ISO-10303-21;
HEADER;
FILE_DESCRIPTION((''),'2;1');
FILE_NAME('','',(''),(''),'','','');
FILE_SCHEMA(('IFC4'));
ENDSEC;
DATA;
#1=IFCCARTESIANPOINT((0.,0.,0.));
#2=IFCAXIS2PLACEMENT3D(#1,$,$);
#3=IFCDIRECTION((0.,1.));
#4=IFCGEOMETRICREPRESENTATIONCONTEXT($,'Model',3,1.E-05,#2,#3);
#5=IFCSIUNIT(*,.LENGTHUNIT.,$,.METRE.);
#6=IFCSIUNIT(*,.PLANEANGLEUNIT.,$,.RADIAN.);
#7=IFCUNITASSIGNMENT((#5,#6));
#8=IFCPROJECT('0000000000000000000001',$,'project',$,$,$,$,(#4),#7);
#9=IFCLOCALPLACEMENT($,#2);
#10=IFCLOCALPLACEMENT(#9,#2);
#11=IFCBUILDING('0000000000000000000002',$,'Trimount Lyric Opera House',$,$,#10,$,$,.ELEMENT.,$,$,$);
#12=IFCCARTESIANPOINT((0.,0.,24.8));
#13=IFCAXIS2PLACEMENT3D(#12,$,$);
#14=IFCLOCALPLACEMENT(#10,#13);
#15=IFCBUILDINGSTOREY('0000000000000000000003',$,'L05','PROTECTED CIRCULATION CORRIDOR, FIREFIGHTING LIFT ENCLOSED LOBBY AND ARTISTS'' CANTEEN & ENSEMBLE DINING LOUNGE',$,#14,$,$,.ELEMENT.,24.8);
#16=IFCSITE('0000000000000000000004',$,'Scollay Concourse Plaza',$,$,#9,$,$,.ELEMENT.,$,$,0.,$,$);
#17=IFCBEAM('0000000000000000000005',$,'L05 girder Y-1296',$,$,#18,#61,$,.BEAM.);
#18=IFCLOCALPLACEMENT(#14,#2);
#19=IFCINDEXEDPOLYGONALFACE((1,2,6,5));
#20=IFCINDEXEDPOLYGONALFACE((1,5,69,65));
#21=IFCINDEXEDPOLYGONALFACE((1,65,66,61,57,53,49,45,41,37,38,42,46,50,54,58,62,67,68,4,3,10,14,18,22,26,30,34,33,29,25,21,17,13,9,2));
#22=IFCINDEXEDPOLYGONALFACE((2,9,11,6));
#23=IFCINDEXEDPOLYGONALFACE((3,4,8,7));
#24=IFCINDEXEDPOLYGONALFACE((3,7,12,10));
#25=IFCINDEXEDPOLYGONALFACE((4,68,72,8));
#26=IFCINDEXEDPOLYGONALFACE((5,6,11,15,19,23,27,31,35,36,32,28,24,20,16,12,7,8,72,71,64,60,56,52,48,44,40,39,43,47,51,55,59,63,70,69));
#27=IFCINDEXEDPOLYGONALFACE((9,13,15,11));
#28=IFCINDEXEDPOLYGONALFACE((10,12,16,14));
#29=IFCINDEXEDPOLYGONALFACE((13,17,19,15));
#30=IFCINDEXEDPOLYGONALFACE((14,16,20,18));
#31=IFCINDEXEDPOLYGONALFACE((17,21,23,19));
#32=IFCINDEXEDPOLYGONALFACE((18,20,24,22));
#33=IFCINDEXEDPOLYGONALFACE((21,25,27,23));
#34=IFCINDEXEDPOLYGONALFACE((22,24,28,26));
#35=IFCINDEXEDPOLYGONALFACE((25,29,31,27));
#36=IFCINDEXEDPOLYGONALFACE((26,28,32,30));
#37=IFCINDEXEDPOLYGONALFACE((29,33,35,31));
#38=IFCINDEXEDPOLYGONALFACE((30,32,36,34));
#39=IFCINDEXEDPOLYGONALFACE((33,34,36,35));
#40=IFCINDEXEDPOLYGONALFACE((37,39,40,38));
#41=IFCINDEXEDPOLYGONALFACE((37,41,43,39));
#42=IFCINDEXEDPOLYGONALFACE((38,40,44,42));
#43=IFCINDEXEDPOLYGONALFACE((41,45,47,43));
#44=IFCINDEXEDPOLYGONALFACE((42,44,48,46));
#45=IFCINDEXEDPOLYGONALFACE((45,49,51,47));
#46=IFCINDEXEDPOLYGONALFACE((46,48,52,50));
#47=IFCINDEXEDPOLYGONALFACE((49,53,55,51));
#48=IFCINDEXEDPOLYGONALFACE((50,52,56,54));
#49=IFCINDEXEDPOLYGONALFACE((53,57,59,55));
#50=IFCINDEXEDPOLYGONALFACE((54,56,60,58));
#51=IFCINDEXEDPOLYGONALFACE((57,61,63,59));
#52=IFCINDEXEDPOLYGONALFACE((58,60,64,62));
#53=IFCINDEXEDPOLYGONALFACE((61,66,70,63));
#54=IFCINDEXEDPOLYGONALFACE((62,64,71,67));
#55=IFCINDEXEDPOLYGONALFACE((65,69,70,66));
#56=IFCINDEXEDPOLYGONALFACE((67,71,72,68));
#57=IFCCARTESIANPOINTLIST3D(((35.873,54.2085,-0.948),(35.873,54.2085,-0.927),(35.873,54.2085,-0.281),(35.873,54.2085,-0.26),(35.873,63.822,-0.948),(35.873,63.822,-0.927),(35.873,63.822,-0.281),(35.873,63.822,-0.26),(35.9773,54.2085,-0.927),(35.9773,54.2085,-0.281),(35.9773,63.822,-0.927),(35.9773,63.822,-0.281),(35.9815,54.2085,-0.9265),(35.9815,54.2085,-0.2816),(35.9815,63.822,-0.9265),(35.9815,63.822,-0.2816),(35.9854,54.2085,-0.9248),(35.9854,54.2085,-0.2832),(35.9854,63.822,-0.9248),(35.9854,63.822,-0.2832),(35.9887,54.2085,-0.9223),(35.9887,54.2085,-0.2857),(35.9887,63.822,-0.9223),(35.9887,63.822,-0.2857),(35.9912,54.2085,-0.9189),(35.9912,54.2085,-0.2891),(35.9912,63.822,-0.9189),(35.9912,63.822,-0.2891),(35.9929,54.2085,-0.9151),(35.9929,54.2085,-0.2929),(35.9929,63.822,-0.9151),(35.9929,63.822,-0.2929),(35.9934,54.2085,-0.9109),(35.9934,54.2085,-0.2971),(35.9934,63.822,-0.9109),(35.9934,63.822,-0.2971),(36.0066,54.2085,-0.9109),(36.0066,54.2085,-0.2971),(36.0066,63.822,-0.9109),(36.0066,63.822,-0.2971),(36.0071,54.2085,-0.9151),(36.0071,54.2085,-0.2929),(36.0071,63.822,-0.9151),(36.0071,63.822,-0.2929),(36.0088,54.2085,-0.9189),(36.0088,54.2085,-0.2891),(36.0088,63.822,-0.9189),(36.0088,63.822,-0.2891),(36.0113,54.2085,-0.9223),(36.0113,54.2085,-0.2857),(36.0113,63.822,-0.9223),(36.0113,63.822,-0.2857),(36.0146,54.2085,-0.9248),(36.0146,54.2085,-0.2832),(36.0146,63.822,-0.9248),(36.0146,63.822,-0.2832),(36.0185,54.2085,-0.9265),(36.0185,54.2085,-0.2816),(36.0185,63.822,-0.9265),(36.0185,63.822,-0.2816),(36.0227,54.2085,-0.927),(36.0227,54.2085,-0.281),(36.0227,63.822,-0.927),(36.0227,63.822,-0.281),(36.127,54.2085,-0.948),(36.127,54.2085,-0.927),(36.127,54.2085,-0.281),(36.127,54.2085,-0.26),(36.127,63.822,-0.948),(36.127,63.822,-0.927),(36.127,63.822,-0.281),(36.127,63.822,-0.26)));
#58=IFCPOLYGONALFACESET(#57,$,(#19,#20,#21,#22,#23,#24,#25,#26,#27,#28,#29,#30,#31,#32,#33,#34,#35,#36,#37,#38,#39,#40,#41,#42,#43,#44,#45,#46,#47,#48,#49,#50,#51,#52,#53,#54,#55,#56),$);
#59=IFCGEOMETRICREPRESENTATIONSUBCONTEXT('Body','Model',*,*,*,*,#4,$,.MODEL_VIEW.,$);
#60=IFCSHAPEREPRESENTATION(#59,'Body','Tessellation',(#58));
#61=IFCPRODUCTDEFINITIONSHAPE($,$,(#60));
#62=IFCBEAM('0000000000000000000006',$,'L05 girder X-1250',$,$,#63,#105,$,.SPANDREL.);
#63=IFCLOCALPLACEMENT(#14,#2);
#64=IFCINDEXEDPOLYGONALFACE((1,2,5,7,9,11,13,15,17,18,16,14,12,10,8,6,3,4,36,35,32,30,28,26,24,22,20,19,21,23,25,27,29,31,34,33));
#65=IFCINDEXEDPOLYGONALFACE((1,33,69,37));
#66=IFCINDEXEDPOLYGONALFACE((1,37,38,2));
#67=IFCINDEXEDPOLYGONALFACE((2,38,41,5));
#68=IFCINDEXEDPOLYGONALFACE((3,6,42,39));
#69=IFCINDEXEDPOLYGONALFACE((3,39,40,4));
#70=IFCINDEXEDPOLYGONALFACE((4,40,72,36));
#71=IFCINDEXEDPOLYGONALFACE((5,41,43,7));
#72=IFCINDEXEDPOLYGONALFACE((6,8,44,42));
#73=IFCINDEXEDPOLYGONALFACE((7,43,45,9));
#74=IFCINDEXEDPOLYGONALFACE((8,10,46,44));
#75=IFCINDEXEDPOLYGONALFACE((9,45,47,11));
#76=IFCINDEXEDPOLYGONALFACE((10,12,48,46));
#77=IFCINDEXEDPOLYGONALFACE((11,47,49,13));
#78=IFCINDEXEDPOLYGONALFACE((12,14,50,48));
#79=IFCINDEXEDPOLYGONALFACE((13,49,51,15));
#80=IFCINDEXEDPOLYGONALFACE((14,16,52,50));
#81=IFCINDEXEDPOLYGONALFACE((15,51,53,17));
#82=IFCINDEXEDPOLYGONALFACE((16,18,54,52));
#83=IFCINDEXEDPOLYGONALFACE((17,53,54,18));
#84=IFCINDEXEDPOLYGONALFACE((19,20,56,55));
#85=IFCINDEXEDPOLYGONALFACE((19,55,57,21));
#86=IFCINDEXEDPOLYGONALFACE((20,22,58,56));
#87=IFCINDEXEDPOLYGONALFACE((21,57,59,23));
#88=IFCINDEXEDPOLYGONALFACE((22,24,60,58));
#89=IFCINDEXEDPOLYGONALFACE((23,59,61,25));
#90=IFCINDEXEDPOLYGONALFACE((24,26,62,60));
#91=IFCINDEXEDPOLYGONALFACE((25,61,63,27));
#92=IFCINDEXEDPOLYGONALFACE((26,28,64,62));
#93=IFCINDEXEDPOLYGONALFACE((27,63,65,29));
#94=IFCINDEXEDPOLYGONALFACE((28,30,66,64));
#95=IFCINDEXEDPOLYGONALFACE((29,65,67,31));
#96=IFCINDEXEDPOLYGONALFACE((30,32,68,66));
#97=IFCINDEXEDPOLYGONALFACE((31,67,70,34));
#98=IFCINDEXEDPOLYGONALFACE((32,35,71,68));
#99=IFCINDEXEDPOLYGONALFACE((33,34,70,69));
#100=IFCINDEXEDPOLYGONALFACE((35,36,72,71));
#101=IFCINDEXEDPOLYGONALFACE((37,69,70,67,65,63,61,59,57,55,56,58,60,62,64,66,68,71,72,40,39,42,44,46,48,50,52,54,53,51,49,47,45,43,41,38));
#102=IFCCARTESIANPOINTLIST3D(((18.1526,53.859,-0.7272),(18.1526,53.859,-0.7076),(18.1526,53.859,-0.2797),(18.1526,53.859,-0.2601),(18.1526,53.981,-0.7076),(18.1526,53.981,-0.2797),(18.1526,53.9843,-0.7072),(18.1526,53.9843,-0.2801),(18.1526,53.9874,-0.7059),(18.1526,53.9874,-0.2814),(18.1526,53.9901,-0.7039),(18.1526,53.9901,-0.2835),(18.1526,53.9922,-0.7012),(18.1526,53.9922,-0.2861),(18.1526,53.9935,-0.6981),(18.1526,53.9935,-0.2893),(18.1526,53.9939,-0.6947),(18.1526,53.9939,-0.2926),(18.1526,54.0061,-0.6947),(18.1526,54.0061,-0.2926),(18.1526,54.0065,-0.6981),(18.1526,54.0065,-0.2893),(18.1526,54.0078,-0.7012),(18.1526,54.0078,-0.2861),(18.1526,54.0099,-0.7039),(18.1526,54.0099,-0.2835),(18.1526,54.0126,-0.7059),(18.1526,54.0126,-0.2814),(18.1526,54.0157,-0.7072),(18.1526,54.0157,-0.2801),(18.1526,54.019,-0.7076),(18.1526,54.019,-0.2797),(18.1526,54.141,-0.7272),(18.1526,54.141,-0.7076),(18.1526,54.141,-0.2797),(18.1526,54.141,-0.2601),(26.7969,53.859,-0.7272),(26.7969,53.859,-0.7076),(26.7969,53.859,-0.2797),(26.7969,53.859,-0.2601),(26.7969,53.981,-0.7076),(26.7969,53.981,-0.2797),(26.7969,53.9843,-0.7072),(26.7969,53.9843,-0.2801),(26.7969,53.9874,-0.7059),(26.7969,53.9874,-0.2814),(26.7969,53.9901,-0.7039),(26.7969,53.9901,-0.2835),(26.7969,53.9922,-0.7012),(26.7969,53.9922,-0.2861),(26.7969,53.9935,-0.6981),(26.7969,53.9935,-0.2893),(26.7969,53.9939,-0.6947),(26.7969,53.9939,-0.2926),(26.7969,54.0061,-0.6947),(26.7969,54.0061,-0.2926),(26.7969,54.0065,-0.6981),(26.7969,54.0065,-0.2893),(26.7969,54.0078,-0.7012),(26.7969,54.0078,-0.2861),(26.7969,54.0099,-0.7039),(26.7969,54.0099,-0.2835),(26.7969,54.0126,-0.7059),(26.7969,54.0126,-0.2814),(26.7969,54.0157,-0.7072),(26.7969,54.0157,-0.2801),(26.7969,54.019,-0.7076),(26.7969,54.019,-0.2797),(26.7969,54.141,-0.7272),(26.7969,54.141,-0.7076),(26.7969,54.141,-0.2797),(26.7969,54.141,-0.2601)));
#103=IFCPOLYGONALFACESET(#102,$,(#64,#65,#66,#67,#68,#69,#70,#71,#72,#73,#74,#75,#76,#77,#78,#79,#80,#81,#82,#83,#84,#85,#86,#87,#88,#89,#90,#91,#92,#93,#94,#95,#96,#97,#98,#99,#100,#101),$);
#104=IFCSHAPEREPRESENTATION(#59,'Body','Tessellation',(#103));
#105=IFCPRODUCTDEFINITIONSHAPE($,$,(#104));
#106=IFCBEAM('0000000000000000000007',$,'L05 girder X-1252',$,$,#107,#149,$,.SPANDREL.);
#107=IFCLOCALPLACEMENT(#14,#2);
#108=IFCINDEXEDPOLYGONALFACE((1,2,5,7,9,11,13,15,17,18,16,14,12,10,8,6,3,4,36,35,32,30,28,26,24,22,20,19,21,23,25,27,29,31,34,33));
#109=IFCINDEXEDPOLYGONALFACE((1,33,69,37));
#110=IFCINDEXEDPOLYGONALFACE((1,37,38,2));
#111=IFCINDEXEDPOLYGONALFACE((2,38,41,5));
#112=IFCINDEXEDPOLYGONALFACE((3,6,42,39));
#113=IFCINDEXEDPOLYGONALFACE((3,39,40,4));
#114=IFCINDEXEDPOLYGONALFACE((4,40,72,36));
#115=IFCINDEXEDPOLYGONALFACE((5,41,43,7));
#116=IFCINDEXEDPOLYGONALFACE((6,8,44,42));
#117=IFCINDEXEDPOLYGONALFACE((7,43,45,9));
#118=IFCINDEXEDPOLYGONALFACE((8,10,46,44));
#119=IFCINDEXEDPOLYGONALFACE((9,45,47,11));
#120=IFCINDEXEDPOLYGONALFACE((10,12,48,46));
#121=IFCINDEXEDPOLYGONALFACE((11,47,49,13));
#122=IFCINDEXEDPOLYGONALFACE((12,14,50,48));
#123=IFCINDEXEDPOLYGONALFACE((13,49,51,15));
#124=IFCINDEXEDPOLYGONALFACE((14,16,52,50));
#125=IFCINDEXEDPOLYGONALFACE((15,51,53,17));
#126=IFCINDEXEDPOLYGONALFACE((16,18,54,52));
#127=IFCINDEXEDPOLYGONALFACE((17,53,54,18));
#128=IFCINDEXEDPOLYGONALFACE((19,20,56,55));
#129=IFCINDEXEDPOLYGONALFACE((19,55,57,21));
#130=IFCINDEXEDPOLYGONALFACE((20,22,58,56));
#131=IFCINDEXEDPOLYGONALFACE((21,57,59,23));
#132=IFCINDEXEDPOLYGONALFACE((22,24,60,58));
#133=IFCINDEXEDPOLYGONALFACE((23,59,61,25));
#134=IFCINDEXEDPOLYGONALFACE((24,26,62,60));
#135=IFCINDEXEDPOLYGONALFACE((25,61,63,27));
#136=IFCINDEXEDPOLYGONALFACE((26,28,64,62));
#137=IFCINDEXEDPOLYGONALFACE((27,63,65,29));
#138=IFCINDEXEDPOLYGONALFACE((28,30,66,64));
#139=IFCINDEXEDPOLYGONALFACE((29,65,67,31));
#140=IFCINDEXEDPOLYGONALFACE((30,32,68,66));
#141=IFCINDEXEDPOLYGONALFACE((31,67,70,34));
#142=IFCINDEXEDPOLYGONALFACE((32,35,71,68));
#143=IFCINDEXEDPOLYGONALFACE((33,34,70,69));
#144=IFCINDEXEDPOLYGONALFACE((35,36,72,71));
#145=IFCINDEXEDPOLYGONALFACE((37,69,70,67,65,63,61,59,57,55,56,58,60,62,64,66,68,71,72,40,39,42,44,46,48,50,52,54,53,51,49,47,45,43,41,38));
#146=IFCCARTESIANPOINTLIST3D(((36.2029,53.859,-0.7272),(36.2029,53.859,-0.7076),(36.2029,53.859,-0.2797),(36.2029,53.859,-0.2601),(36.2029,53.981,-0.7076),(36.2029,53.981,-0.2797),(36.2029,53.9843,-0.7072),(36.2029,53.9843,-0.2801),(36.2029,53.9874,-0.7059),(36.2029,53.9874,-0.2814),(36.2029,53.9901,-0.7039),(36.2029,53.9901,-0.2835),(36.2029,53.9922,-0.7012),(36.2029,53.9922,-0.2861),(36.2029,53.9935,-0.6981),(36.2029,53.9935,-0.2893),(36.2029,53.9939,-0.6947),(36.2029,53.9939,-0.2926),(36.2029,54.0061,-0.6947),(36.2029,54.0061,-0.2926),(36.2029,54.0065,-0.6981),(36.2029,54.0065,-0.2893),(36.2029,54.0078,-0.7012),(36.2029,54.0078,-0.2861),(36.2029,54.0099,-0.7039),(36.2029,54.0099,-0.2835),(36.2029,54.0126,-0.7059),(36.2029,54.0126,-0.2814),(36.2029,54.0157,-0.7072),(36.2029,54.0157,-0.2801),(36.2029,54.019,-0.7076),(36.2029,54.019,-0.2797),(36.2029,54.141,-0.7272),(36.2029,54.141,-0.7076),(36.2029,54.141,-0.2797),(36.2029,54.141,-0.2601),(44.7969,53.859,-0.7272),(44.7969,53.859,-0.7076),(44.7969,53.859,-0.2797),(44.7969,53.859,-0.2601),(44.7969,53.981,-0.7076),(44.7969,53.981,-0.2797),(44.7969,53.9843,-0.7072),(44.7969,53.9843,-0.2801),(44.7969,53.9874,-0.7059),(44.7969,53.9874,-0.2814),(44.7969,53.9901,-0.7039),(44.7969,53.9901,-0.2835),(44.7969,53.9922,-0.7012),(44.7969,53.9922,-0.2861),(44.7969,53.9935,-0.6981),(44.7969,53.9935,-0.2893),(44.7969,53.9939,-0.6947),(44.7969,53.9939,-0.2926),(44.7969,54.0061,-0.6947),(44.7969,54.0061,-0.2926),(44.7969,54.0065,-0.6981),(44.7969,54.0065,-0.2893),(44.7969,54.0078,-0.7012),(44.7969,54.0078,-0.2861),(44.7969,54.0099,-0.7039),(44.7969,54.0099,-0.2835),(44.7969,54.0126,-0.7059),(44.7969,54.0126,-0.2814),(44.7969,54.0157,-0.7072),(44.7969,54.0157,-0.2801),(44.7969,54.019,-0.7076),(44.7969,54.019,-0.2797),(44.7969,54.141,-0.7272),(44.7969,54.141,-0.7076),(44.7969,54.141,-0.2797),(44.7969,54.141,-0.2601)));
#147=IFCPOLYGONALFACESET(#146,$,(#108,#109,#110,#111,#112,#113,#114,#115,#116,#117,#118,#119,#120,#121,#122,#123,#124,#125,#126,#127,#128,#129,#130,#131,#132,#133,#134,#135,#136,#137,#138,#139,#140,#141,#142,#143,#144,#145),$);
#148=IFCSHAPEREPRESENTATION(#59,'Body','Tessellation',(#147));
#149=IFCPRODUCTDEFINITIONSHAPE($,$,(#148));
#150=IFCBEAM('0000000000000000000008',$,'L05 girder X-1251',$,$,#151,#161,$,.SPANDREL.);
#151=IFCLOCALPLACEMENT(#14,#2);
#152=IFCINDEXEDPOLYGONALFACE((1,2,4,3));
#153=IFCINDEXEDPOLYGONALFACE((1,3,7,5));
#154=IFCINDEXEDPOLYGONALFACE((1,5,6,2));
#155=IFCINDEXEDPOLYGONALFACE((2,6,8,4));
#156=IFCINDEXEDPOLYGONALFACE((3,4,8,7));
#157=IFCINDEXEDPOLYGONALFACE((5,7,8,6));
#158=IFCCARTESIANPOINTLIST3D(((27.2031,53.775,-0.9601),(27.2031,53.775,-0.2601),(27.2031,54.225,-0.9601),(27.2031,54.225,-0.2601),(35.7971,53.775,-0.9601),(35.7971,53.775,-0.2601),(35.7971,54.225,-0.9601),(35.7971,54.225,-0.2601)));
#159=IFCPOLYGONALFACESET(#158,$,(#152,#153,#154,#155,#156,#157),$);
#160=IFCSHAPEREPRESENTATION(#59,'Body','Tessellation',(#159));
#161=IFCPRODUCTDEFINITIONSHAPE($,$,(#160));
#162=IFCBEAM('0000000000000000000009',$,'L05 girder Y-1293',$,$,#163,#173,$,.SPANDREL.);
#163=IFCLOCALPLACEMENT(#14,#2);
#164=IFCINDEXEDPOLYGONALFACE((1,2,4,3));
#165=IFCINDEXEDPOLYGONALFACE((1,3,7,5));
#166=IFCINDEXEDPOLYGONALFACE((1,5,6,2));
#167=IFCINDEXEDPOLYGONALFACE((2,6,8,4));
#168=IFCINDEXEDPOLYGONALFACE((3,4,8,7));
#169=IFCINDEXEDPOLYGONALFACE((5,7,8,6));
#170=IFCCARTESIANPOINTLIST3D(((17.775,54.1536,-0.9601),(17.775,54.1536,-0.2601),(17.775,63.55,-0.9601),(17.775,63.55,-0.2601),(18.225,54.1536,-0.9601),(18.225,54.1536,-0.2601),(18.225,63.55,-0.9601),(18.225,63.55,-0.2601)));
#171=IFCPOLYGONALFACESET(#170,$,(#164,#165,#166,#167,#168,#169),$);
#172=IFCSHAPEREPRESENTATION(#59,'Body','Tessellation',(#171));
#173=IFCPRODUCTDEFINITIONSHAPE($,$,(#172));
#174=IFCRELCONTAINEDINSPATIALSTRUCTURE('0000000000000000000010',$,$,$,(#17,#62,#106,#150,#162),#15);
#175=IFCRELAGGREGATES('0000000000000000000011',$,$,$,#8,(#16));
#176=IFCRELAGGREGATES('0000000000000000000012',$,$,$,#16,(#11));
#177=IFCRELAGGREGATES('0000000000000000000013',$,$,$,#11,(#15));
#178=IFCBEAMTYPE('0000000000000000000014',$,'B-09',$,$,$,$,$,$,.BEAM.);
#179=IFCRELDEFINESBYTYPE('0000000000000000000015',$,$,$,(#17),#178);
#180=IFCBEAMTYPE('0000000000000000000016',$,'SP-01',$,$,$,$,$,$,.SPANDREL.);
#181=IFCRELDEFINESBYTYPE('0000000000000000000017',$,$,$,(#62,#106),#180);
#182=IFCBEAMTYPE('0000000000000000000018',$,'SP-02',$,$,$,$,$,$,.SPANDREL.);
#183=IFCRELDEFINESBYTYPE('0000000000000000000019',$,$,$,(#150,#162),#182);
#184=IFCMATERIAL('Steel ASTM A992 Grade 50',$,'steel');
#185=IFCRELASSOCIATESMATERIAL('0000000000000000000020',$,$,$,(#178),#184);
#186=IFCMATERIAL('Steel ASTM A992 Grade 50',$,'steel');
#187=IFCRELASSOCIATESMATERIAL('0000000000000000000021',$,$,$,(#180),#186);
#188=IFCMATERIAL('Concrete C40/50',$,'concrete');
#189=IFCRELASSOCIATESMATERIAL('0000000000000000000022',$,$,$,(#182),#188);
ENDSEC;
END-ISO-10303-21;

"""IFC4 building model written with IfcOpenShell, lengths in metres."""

from ifc_helpers import new_model, si_unit, direction, frame, origin, origin_2d, place, context, subcontext, project, spatial, rectangle, i_section, extrude, material, material_profile, profile_set, type_object, element, save


model = new_model("IFC4")

# Units and contexts
model_context = context("Model", 3, precision=1e-05, world=origin(), true_north=direction((0.0, 1.0)))
body_context = subcontext(model_context, "Body", "Model", "MODEL_VIEW")
ifc_project = project(units=[si_unit("LENGTHUNIT", "METRE"), si_unit("PLANEANGLEUNIT", "RADIAN")], contexts=[model_context])

# Site, building, storey
site_placement = place(None, origin())
site = spatial("IfcSite", under=ifc_project, at=site_placement, Name="Scollay Concourse Plaza", CompositionType="ELEMENT", RefElevation=0.0)
building_placement = place(site_placement, origin())
building = spatial("IfcBuilding", under=site, at=building_placement, Name="Trimount Lyric Opera House", CompositionType="ELEMENT")
storey_placement = place(building_placement, frame((0.0, 0.0, 24.8)))
storey = spatial("IfcBuildingStorey", under=building, at=storey_placement, Name="L05", Description="PROTECTED CIRCULATION CORRIDOR, FIREFIGHTING LIFT ENCLOSED LOBBY AND ARTISTS' CANTEEN & ENSEMBLE DINING LOUNGE", CompositionType="ELEMENT", Elevation=24.8)

# Beams
ifc_material_1 = material(Name="Steel ASTM A992 Grade 50", Category="steel")
ifc_material_profile_1 = material_profile(ifc_material_1, i_section(OverallWidth=0.2539, OverallDepth=0.688, WebThickness=0.0132, FlangeThickness=0.021, FilletRadius=0.0161, at=origin_2d()), Name="W27X102")
ifc_profile_set_1 = profile_set([ifc_material_profile_1], Name="Steel ASTM A992 Grade 50")
beam_type_1 = type_object("IfcBeamType", Name="B-09", PredefinedType="BEAM", material=ifc_profile_set_1)
beam_1_placement = place(storey_placement, frame((36.0, 54.2085, -0.604), z_axis=(0.0, 1.0, 0.0), x_axis=(-1.0, 0.0, 0.0)))
element("IfcBeam", 1, at=beam_1_placement, inside=storey, type_object=beam_type_1, Name="L05 girder Y-1296", PredefinedType="BEAM", context=body_context, shape_type="SweptSolid", body=[
    extrude(i_section(OverallWidth=0.2539, OverallDepth=0.688, WebThickness=0.0132, FlangeThickness=0.021, FilletRadius=0.0161, at=origin_2d()), origin(), (0.0, 0.0, 1.0), 9.6135),
])
ifc_material_2 = material(Name="Steel ASTM A992 Grade 50", Category="steel")
ifc_material_profile_2 = material_profile(ifc_material_2, i_section(OverallWidth=0.282, OverallDepth=0.467, WebThickness=0.0122, FlangeThickness=0.0195, FilletRadius=0.0129, at=origin_2d()), Name="W18X86")
ifc_profile_set_2 = profile_set([ifc_material_profile_2], Name="Steel ASTM A992 Grade 50")
beam_type_2 = type_object("IfcBeamType", Name="SP-01", PredefinedType="SPANDREL", material=ifc_profile_set_2)
beam_2_placement = place(storey_placement, frame((18.1526, 54.0, -0.4937), z_axis=(1.0, 0.0, 0.0), x_axis=(0.0, 1.0, 0.0)))
element("IfcBeam", 2, at=beam_2_placement, inside=storey, type_object=beam_type_2, Name="L05 girder X-1250", PredefinedType="SPANDREL", context=body_context, shape_type="SweptSolid", body=[
    extrude(i_section(OverallWidth=0.282, OverallDepth=0.467, WebThickness=0.0122, FlangeThickness=0.0195, FilletRadius=0.0129, at=origin_2d()), origin(), (0.0, 0.0, 1.0), 8.6443),
])
beam_3_placement = place(storey_placement, frame((36.2029, 54.0, -0.4937), z_axis=(1.0, 0.0, 0.0), x_axis=(0.0, 1.0, 0.0)))
element("IfcBeam", 3, at=beam_3_placement, inside=storey, type_object=beam_type_2, Name="L05 girder X-1252", PredefinedType="SPANDREL", context=body_context, shape_type="SweptSolid", body=[
    extrude(i_section(OverallWidth=0.282, OverallDepth=0.467, WebThickness=0.0122, FlangeThickness=0.0195, FilletRadius=0.0129, at=origin_2d()), origin(), (0.0, 0.0, 1.0), 8.594),
])
ifc_material_3 = material(Name="Concrete C40/50", Category="concrete")
ifc_material_profile_3 = material_profile(ifc_material_3, rectangle(XDim=0.45, YDim=0.7, at=origin_2d()), Name="RC450X700")
ifc_profile_set_3 = profile_set([ifc_material_profile_3], Name="Concrete C40/50")
beam_type_3 = type_object("IfcBeamType", Name="SP-02", PredefinedType="SPANDREL", material=ifc_profile_set_3)
beam_4_placement = place(storey_placement, frame((27.2031, 54.0, -0.6101), z_axis=(1.0, 0.0, 0.0), x_axis=(0.0, 1.0, 0.0)))
element("IfcBeam", 4, at=beam_4_placement, inside=storey, type_object=beam_type_3, Name="L05 girder X-1251", PredefinedType="SPANDREL", context=body_context, shape_type="SweptSolid", body=[
    extrude(rectangle(XDim=0.45, YDim=0.7, at=origin_2d()), origin(), (0.0, 0.0, 1.0), 8.594),
])
beam_5_placement = place(storey_placement, frame((18.0, 54.1536, -0.6101), z_axis=(0.0, 1.0, 0.0), x_axis=(-1.0, 0.0, 0.0)))
element("IfcBeam", 5, at=beam_5_placement, inside=storey, type_object=beam_type_3, Name="L05 girder Y-1293", PredefinedType="SPANDREL", context=body_context, shape_type="SweptSolid", body=[
    extrude(rectangle(XDim=0.45, YDim=0.7, at=origin_2d()), origin(), (0.0, 0.0, 1.0), 9.3965),
])

save(model, "model.ifc")
